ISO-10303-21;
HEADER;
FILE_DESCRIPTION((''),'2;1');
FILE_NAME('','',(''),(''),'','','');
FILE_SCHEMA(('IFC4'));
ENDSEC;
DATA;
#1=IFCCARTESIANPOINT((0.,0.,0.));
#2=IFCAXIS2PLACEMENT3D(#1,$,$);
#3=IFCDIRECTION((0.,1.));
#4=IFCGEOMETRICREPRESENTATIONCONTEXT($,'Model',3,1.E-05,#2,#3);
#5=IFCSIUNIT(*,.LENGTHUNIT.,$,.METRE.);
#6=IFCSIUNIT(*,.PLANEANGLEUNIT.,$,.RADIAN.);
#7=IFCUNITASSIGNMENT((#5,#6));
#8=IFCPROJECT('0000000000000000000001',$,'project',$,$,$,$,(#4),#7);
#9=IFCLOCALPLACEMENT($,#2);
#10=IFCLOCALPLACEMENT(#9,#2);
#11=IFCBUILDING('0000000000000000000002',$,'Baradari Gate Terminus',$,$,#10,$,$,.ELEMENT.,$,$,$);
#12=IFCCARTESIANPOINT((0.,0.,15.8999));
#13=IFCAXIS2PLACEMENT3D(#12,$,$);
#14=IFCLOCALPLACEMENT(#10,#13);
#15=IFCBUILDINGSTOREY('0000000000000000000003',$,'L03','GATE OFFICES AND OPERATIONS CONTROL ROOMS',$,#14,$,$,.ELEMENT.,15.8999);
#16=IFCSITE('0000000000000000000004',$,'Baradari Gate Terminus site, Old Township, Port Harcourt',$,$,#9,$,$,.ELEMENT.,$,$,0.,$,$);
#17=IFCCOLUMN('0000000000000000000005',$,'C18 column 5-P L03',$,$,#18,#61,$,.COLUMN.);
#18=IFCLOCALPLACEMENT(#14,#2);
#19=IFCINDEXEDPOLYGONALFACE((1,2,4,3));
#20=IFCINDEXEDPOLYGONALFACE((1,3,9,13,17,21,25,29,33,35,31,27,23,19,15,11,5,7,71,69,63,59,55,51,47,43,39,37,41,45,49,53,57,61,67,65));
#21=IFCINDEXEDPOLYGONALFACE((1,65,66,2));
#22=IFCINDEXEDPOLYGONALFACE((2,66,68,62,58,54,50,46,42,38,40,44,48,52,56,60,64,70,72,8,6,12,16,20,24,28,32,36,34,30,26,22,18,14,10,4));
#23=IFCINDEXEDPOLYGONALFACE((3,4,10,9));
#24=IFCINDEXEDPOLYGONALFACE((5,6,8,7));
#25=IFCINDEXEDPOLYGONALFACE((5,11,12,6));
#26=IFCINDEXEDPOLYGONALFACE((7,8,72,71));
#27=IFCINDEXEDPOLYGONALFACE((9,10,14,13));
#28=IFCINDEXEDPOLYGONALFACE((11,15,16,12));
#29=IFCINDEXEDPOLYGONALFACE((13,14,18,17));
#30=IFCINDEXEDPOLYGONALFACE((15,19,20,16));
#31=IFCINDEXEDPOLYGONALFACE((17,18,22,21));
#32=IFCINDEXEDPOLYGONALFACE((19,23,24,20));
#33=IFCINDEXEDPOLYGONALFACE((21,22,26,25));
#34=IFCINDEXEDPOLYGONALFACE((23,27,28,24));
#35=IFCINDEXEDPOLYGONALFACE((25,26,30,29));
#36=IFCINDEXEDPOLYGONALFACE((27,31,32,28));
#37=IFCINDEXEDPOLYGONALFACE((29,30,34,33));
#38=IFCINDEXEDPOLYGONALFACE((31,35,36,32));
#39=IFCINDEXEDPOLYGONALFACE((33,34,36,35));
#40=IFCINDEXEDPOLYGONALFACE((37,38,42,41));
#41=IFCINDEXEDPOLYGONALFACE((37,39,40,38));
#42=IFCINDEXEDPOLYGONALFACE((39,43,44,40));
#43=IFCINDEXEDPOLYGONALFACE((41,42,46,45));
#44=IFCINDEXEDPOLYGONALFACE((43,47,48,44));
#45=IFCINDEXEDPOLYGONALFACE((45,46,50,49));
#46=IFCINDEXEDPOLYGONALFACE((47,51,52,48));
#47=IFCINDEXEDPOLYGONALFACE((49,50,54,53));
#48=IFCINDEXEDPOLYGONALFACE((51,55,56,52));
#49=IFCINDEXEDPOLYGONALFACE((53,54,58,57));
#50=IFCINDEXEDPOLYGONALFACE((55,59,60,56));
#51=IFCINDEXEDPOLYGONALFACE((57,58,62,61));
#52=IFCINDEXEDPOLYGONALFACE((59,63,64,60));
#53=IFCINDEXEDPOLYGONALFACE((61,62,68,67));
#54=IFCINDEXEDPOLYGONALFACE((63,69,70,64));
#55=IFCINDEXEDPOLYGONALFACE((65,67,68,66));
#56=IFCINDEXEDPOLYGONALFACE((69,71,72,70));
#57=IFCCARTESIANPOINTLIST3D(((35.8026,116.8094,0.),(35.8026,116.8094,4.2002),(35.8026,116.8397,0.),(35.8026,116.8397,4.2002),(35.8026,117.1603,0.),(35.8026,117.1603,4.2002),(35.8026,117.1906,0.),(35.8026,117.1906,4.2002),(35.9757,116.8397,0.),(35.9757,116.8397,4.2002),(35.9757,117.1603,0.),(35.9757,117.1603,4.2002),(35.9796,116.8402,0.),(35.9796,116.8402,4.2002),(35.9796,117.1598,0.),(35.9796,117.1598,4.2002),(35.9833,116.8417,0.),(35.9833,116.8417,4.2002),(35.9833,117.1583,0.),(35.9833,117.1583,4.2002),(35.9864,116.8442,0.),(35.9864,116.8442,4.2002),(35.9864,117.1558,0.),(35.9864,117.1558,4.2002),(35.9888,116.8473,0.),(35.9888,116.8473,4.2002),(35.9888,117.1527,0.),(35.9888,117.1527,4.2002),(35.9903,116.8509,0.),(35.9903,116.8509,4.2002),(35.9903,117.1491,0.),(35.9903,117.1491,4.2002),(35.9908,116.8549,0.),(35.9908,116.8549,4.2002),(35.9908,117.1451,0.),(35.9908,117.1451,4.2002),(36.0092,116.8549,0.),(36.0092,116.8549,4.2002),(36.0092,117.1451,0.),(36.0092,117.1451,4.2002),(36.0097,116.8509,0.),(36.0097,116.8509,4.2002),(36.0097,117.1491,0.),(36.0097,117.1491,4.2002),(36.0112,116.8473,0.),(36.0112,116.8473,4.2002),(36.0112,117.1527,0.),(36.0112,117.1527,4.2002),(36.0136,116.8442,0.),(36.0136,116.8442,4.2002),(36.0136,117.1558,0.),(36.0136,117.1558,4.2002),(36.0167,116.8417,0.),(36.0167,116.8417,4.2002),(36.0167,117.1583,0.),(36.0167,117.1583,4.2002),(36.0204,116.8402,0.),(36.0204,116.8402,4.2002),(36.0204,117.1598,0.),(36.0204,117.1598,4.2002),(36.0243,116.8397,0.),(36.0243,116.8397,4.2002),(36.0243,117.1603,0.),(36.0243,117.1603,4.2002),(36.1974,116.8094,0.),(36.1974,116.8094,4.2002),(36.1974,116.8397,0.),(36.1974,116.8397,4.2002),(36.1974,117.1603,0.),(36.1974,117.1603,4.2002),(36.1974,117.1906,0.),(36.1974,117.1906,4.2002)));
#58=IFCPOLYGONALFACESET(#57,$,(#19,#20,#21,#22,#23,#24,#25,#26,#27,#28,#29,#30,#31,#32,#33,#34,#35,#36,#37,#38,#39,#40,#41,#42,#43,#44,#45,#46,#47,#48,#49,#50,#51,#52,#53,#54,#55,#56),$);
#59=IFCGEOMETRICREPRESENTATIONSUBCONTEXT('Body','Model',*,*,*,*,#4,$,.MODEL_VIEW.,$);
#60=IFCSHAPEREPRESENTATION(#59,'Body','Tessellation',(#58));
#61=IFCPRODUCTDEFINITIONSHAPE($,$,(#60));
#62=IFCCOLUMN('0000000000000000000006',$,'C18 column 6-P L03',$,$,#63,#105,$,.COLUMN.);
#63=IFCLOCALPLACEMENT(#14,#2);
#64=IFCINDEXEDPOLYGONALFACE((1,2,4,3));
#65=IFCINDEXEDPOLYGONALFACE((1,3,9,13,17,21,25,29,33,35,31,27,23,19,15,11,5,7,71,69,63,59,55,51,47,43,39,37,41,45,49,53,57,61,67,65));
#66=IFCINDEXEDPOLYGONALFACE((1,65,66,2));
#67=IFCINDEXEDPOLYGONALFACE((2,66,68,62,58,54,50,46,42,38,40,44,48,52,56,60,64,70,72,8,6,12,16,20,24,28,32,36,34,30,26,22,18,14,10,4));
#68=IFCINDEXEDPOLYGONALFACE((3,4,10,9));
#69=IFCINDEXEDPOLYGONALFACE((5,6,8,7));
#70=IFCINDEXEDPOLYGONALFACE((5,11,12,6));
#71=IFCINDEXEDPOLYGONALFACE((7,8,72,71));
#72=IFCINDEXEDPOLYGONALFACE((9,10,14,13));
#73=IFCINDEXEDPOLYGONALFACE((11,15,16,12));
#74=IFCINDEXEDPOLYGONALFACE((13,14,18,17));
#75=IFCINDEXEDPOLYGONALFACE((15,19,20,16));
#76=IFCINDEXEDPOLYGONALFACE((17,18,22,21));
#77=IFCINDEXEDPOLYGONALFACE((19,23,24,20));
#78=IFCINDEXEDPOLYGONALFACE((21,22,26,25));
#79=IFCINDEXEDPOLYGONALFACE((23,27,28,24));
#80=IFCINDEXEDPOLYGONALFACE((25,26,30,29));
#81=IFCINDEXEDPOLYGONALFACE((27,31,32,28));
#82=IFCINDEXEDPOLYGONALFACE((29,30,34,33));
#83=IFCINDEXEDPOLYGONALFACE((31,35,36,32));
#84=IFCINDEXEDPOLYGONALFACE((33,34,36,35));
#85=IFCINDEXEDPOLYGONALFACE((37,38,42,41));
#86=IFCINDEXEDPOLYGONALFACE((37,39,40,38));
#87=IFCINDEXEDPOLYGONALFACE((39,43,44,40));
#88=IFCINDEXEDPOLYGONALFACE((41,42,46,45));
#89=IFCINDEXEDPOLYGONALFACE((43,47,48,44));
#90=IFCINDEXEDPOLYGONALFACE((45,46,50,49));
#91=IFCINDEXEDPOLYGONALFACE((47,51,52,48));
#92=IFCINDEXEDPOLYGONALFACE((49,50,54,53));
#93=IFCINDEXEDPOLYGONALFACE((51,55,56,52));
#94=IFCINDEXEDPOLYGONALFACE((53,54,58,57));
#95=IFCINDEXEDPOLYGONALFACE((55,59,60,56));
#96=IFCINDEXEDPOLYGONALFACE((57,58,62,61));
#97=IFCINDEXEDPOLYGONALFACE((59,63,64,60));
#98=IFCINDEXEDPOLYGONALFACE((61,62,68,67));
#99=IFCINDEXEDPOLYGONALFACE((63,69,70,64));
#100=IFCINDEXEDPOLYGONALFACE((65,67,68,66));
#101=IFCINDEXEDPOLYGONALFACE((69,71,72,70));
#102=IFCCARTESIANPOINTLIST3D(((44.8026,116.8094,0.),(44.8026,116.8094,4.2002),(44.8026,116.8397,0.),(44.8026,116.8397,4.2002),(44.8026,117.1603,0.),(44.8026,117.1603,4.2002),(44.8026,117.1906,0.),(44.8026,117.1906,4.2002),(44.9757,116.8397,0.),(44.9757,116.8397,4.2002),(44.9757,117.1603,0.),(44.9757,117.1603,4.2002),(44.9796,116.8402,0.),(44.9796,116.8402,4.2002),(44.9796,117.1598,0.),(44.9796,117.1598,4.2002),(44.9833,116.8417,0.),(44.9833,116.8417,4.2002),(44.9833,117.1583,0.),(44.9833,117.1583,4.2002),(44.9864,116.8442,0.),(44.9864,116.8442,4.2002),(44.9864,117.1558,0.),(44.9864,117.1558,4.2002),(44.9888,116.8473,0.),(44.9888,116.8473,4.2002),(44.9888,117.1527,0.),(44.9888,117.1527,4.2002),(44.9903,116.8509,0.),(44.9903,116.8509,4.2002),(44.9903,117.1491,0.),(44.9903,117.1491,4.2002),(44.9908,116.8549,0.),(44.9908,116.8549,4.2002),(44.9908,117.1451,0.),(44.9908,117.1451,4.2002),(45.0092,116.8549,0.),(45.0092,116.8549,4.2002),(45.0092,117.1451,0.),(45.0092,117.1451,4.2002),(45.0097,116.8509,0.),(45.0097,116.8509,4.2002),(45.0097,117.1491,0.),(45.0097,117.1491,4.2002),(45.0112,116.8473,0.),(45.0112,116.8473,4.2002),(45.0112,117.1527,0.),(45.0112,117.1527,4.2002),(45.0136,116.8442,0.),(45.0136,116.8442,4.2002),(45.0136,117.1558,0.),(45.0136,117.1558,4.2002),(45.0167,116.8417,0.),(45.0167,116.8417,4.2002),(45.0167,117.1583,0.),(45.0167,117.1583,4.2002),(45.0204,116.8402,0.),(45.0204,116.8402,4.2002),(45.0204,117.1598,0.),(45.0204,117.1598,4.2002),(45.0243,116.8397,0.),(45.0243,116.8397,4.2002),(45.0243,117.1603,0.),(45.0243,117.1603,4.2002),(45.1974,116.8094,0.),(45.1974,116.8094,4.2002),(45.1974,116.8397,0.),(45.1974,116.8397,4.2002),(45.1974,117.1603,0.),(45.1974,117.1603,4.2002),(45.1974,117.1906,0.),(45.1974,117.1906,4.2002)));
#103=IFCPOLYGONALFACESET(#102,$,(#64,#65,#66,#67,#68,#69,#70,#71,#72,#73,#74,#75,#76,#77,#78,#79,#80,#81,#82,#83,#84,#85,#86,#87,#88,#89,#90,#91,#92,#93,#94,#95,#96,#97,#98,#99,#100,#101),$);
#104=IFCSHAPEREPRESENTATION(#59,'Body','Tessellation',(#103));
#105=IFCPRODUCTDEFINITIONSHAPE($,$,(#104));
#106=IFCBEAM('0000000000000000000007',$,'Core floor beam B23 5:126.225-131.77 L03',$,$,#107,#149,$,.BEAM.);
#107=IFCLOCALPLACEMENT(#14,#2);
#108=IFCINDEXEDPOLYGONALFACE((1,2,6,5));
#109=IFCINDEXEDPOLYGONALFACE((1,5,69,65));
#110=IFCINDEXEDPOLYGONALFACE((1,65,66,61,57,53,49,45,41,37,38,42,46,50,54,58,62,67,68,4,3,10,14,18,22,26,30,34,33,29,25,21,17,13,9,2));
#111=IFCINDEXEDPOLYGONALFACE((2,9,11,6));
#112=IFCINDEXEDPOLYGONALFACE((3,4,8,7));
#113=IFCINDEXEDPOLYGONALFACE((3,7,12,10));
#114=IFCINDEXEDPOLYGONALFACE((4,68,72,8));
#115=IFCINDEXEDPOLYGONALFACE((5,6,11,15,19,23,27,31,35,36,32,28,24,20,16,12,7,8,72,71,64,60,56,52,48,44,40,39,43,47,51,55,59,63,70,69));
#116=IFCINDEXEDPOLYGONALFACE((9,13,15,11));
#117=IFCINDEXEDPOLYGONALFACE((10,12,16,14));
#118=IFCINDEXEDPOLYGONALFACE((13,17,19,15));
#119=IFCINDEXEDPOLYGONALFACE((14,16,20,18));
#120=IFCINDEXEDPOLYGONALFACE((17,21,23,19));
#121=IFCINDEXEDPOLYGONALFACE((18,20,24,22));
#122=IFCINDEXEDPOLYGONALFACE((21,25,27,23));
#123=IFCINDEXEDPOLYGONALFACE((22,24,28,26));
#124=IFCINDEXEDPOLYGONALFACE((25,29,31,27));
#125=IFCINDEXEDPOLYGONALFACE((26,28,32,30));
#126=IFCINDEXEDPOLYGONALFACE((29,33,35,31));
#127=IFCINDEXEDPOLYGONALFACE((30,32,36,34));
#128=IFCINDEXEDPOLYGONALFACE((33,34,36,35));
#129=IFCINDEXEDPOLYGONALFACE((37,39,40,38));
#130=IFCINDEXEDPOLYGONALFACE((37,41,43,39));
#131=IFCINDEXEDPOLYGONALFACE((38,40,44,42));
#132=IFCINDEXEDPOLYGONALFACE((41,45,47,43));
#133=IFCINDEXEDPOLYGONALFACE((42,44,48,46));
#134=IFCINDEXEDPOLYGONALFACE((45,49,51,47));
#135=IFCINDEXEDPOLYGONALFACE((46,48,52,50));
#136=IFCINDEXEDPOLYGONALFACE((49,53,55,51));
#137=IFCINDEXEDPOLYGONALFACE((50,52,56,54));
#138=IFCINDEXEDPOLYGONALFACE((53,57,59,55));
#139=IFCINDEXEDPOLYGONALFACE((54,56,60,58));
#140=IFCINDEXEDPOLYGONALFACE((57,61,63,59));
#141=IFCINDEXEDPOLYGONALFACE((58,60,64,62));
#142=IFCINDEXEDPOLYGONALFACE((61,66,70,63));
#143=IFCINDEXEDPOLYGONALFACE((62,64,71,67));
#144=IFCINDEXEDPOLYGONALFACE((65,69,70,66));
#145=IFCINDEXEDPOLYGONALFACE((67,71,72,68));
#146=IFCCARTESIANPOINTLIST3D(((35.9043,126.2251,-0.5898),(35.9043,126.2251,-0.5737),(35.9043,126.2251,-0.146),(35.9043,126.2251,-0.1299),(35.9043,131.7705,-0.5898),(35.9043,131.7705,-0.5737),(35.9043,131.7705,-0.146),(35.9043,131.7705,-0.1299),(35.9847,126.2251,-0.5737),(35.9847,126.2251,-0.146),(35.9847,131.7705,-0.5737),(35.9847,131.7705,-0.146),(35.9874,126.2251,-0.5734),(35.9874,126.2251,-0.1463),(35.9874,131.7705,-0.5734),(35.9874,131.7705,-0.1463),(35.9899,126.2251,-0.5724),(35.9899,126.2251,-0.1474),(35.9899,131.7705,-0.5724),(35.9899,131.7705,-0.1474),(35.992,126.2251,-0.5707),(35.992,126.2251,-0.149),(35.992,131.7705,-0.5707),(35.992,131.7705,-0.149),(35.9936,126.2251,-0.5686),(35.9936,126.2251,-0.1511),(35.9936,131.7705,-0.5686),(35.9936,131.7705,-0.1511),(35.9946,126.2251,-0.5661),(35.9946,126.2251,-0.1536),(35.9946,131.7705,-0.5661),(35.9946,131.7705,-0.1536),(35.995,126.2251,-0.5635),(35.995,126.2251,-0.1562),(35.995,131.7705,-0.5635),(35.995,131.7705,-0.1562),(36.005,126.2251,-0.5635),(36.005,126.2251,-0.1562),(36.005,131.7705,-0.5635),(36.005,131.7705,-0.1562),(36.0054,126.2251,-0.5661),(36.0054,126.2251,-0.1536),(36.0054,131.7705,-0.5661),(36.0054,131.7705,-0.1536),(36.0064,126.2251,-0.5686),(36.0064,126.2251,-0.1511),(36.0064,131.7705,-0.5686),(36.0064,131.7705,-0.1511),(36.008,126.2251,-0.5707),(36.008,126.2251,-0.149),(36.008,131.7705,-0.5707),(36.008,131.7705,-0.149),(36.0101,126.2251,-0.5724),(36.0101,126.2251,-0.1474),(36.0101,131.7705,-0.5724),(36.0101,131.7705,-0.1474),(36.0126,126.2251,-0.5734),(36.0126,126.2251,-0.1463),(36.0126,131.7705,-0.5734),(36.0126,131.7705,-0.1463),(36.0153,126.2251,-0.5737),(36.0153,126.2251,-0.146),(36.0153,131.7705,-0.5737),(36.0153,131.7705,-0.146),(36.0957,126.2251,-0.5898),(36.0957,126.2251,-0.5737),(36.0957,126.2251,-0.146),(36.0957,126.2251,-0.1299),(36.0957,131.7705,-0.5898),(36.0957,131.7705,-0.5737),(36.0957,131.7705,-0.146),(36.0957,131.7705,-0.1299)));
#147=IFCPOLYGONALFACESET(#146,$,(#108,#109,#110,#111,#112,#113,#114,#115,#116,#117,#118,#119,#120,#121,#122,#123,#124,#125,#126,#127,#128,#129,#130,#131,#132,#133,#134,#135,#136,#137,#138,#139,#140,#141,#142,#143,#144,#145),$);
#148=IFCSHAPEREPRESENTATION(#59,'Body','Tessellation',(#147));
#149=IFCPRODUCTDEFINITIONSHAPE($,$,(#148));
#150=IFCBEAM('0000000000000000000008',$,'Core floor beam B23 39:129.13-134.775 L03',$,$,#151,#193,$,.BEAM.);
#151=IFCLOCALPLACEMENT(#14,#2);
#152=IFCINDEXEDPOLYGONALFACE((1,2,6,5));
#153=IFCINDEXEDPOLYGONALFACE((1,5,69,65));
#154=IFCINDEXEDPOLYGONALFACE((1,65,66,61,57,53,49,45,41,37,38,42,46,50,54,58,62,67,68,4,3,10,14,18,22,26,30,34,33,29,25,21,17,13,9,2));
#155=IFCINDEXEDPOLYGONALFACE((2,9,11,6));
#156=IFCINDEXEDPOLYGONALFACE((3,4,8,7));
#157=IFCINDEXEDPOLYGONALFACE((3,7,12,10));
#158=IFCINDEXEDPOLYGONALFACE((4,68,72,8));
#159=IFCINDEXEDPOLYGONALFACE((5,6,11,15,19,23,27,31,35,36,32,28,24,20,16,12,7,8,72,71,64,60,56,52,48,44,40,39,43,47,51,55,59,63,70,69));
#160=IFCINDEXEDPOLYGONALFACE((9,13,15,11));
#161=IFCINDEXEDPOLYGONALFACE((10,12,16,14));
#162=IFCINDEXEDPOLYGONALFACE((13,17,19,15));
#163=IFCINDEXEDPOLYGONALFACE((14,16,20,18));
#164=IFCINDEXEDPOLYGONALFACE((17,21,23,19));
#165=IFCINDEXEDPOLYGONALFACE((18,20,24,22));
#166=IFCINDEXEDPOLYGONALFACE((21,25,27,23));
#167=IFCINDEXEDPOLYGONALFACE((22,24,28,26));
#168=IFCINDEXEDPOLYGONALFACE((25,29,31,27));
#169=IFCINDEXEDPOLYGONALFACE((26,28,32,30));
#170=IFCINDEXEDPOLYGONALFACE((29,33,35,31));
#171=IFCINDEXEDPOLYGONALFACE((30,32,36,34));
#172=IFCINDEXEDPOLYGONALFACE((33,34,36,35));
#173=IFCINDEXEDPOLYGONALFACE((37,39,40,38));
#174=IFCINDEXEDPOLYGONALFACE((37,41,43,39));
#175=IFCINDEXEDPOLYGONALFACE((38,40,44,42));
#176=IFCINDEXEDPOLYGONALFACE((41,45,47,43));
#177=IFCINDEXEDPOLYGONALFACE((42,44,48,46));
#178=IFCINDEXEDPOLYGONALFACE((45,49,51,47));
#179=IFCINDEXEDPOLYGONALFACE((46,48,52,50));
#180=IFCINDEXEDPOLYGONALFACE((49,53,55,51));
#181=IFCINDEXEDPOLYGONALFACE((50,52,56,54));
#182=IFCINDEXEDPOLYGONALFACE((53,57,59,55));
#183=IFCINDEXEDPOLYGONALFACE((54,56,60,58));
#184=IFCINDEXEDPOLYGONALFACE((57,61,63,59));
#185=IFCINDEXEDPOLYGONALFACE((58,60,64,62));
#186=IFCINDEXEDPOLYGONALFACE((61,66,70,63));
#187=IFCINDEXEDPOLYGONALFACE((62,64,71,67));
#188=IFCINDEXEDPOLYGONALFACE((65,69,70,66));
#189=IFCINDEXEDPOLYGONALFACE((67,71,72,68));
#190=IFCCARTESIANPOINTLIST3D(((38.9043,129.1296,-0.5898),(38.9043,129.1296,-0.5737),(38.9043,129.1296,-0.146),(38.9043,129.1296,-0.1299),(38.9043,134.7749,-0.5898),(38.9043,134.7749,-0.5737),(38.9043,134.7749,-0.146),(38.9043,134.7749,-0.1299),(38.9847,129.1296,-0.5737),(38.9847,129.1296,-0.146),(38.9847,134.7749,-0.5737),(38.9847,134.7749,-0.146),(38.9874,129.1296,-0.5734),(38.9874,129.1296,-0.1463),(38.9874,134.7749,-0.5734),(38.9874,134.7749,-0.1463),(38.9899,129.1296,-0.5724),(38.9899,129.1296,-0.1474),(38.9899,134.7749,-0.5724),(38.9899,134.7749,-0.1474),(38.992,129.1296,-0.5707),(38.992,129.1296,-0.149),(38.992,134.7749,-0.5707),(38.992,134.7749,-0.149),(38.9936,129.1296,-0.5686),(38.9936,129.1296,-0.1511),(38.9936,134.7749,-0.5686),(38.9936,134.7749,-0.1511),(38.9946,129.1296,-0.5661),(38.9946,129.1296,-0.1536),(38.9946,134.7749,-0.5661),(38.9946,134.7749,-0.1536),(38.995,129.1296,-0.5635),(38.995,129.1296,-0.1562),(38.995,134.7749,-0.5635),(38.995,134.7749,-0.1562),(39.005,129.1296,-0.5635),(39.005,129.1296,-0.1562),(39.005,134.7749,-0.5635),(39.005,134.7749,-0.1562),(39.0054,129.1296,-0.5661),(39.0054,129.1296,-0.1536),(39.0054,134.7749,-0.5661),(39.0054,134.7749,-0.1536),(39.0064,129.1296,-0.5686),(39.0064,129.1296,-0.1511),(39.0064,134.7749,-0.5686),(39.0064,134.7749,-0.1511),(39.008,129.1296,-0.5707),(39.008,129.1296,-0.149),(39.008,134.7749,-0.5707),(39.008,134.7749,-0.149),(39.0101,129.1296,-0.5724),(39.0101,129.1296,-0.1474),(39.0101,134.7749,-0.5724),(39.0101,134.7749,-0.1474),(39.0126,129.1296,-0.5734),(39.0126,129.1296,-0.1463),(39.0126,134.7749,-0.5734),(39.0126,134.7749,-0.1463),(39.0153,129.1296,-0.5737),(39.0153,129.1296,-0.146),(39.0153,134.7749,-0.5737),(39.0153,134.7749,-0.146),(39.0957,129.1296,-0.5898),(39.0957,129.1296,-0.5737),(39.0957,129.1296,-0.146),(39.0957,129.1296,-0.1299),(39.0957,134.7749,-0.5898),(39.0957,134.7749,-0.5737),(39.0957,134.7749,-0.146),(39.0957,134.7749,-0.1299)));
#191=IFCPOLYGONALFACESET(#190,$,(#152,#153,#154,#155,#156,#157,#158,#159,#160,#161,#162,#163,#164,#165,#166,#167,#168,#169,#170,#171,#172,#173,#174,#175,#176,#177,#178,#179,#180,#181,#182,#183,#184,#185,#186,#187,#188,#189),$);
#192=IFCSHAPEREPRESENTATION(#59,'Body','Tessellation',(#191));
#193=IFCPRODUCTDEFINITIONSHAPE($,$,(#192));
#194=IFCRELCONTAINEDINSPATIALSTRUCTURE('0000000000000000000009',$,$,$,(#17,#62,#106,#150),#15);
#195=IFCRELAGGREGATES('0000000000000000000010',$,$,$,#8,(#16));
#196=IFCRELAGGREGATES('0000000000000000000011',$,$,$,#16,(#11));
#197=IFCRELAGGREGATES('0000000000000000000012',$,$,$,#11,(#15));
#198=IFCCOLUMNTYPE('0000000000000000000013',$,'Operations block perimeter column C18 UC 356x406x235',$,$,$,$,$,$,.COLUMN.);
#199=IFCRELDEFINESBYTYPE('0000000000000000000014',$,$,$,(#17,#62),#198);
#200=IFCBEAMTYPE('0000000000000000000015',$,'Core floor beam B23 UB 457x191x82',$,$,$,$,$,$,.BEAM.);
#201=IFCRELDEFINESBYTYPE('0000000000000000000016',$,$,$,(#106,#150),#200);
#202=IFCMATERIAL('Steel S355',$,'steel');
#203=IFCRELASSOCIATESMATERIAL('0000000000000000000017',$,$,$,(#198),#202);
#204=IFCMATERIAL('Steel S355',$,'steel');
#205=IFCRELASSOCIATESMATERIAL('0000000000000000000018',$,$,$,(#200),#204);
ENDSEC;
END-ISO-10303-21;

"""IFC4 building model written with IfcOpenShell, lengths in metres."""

from ifc_helpers import new_model, si_unit, direction, frame, origin, origin_2d, place, context, subcontext, project, spatial, i_section, extrude, material, material_profile, profile_set, type_object, element, save


model = new_model("IFC4")

# Units and contexts
model_context = context("Model", 3, precision=1e-05, world=origin(), true_north=direction((0.0, 1.0)))
body_context = subcontext(model_context, "Body", "Model", "MODEL_VIEW")
ifc_project = project(units=[si_unit("LENGTHUNIT", "METRE"), si_unit("PLANEANGLEUNIT", "RADIAN")], contexts=[model_context])

# Site, building, storey
site_placement = place(None, origin())
site = spatial("IfcSite", under=ifc_project, at=site_placement, Name="Baradari Gate Terminus site, Old Township, Port Harcourt", CompositionType="ELEMENT", RefElevation=0.0)
building_placement = place(site_placement, origin())
building = spatial("IfcBuilding", under=site, at=building_placement, Name="Baradari Gate Terminus", CompositionType="ELEMENT")
storey_placement = place(building_placement, frame((0.0, 0.0, 15.8999)))
storey = spatial("IfcBuildingStorey", under=building, at=storey_placement, Name="L03", Description="GATE OFFICES AND OPERATIONS CONTROL ROOMS", CompositionType="ELEMENT", Elevation=15.8999)

# Columns
ifc_material_1 = material(Name="Steel S355", Category="steel")
ifc_material_profile_1 = material_profile(ifc_material_1, i_section(OverallWidth=0.3948, OverallDepth=0.3811, WebThickness=0.0183, FlangeThickness=0.0303, FilletRadius=0.0151, at=origin_2d()), Name="UC 356x406x235")
ifc_profile_set_1 = profile_set([ifc_material_profile_1], Name="Steel S355")
column_type = type_object("IfcColumnType", Name="Operations block perimeter column C18 UC 356x406x235", PredefinedType="COLUMN", material=ifc_profile_set_1)
for number, where, z_axis, x_axis, name in (
    (1, (36.0, 117.0, 0.0), (0.0, 0.0, 1.0), (1.0, 0.0, 0.0), "C18 column 5-P L03"),
    (2, (45.0, 117.0, 0.0), (0.0, 0.0, 1.0), (1.0, 0.0, 0.0), "C18 column 6-P L03"),
):
    element("IfcColumn", number, at=place(storey_placement, frame(where, z_axis=z_axis, x_axis=x_axis)), inside=storey, type_object=column_type, Name=name, PredefinedType="COLUMN", context=body_context, shape_type="SweptSolid", body=[
        extrude(i_section(OverallWidth=0.3948, OverallDepth=0.3811, WebThickness=0.0183, FlangeThickness=0.0303, FilletRadius=0.0151, at=origin_2d()), origin(), (0.0, 0.0, 1.0), 4.2002),
    ])

# Beams
ifc_material_2 = material(Name="Steel S355", Category="steel")
ifc_material_profile_2 = material_profile(ifc_material_2, i_section(OverallWidth=0.1914, OverallDepth=0.46, WebThickness=0.01, FlangeThickness=0.0161, FilletRadius=0.0103, at=origin_2d()), Name="UB 457x191x82")
ifc_profile_set_2 = profile_set([ifc_material_profile_2], Name="Steel S355")
beam_type_1 = type_object("IfcBeamType", Name="Core floor beam B23 UB 457x191x82", PredefinedType="BEAM", material=ifc_profile_set_2)
beam_1_placement = place(storey_placement, frame((36.0, 126.2251, -0.3599), z_axis=(0.0, 1.0, 0.0), x_axis=(-1.0, 0.0, 0.0)))
element("IfcBeam", 3, at=beam_1_placement, inside=storey, type_object=beam_type_1, Name="Core floor beam B23 5:126.225-131.77 L03", PredefinedType="BEAM", context=body_context, shape_type="SweptSolid", body=[
    extrude(i_section(OverallWidth=0.1914, OverallDepth=0.46, WebThickness=0.01, FlangeThickness=0.0161, FilletRadius=0.0103, at=origin_2d()), origin(), (0.0, 0.0, 1.0), 5.5454),
])
beam_2_placement = place(storey_placement, frame((39.0, 129.1296, -0.3599), z_axis=(0.0, 1.0, 0.0), x_axis=(-1.0, 0.0, 0.0)))
element("IfcBeam", 4, at=beam_2_placement, inside=storey, type_object=beam_type_1, Name="Core floor beam B23 39:129.13-134.775 L03", PredefinedType="BEAM", context=body_context, shape_type="SweptSolid", body=[
    extrude(i_section(OverallWidth=0.1914, OverallDepth=0.46, WebThickness=0.01, FlangeThickness=0.0161, FilletRadius=0.0103, at=origin_2d()), origin(), (0.0, 0.0, 1.0), 5.6453),
])

save(model, "model.ifc")
